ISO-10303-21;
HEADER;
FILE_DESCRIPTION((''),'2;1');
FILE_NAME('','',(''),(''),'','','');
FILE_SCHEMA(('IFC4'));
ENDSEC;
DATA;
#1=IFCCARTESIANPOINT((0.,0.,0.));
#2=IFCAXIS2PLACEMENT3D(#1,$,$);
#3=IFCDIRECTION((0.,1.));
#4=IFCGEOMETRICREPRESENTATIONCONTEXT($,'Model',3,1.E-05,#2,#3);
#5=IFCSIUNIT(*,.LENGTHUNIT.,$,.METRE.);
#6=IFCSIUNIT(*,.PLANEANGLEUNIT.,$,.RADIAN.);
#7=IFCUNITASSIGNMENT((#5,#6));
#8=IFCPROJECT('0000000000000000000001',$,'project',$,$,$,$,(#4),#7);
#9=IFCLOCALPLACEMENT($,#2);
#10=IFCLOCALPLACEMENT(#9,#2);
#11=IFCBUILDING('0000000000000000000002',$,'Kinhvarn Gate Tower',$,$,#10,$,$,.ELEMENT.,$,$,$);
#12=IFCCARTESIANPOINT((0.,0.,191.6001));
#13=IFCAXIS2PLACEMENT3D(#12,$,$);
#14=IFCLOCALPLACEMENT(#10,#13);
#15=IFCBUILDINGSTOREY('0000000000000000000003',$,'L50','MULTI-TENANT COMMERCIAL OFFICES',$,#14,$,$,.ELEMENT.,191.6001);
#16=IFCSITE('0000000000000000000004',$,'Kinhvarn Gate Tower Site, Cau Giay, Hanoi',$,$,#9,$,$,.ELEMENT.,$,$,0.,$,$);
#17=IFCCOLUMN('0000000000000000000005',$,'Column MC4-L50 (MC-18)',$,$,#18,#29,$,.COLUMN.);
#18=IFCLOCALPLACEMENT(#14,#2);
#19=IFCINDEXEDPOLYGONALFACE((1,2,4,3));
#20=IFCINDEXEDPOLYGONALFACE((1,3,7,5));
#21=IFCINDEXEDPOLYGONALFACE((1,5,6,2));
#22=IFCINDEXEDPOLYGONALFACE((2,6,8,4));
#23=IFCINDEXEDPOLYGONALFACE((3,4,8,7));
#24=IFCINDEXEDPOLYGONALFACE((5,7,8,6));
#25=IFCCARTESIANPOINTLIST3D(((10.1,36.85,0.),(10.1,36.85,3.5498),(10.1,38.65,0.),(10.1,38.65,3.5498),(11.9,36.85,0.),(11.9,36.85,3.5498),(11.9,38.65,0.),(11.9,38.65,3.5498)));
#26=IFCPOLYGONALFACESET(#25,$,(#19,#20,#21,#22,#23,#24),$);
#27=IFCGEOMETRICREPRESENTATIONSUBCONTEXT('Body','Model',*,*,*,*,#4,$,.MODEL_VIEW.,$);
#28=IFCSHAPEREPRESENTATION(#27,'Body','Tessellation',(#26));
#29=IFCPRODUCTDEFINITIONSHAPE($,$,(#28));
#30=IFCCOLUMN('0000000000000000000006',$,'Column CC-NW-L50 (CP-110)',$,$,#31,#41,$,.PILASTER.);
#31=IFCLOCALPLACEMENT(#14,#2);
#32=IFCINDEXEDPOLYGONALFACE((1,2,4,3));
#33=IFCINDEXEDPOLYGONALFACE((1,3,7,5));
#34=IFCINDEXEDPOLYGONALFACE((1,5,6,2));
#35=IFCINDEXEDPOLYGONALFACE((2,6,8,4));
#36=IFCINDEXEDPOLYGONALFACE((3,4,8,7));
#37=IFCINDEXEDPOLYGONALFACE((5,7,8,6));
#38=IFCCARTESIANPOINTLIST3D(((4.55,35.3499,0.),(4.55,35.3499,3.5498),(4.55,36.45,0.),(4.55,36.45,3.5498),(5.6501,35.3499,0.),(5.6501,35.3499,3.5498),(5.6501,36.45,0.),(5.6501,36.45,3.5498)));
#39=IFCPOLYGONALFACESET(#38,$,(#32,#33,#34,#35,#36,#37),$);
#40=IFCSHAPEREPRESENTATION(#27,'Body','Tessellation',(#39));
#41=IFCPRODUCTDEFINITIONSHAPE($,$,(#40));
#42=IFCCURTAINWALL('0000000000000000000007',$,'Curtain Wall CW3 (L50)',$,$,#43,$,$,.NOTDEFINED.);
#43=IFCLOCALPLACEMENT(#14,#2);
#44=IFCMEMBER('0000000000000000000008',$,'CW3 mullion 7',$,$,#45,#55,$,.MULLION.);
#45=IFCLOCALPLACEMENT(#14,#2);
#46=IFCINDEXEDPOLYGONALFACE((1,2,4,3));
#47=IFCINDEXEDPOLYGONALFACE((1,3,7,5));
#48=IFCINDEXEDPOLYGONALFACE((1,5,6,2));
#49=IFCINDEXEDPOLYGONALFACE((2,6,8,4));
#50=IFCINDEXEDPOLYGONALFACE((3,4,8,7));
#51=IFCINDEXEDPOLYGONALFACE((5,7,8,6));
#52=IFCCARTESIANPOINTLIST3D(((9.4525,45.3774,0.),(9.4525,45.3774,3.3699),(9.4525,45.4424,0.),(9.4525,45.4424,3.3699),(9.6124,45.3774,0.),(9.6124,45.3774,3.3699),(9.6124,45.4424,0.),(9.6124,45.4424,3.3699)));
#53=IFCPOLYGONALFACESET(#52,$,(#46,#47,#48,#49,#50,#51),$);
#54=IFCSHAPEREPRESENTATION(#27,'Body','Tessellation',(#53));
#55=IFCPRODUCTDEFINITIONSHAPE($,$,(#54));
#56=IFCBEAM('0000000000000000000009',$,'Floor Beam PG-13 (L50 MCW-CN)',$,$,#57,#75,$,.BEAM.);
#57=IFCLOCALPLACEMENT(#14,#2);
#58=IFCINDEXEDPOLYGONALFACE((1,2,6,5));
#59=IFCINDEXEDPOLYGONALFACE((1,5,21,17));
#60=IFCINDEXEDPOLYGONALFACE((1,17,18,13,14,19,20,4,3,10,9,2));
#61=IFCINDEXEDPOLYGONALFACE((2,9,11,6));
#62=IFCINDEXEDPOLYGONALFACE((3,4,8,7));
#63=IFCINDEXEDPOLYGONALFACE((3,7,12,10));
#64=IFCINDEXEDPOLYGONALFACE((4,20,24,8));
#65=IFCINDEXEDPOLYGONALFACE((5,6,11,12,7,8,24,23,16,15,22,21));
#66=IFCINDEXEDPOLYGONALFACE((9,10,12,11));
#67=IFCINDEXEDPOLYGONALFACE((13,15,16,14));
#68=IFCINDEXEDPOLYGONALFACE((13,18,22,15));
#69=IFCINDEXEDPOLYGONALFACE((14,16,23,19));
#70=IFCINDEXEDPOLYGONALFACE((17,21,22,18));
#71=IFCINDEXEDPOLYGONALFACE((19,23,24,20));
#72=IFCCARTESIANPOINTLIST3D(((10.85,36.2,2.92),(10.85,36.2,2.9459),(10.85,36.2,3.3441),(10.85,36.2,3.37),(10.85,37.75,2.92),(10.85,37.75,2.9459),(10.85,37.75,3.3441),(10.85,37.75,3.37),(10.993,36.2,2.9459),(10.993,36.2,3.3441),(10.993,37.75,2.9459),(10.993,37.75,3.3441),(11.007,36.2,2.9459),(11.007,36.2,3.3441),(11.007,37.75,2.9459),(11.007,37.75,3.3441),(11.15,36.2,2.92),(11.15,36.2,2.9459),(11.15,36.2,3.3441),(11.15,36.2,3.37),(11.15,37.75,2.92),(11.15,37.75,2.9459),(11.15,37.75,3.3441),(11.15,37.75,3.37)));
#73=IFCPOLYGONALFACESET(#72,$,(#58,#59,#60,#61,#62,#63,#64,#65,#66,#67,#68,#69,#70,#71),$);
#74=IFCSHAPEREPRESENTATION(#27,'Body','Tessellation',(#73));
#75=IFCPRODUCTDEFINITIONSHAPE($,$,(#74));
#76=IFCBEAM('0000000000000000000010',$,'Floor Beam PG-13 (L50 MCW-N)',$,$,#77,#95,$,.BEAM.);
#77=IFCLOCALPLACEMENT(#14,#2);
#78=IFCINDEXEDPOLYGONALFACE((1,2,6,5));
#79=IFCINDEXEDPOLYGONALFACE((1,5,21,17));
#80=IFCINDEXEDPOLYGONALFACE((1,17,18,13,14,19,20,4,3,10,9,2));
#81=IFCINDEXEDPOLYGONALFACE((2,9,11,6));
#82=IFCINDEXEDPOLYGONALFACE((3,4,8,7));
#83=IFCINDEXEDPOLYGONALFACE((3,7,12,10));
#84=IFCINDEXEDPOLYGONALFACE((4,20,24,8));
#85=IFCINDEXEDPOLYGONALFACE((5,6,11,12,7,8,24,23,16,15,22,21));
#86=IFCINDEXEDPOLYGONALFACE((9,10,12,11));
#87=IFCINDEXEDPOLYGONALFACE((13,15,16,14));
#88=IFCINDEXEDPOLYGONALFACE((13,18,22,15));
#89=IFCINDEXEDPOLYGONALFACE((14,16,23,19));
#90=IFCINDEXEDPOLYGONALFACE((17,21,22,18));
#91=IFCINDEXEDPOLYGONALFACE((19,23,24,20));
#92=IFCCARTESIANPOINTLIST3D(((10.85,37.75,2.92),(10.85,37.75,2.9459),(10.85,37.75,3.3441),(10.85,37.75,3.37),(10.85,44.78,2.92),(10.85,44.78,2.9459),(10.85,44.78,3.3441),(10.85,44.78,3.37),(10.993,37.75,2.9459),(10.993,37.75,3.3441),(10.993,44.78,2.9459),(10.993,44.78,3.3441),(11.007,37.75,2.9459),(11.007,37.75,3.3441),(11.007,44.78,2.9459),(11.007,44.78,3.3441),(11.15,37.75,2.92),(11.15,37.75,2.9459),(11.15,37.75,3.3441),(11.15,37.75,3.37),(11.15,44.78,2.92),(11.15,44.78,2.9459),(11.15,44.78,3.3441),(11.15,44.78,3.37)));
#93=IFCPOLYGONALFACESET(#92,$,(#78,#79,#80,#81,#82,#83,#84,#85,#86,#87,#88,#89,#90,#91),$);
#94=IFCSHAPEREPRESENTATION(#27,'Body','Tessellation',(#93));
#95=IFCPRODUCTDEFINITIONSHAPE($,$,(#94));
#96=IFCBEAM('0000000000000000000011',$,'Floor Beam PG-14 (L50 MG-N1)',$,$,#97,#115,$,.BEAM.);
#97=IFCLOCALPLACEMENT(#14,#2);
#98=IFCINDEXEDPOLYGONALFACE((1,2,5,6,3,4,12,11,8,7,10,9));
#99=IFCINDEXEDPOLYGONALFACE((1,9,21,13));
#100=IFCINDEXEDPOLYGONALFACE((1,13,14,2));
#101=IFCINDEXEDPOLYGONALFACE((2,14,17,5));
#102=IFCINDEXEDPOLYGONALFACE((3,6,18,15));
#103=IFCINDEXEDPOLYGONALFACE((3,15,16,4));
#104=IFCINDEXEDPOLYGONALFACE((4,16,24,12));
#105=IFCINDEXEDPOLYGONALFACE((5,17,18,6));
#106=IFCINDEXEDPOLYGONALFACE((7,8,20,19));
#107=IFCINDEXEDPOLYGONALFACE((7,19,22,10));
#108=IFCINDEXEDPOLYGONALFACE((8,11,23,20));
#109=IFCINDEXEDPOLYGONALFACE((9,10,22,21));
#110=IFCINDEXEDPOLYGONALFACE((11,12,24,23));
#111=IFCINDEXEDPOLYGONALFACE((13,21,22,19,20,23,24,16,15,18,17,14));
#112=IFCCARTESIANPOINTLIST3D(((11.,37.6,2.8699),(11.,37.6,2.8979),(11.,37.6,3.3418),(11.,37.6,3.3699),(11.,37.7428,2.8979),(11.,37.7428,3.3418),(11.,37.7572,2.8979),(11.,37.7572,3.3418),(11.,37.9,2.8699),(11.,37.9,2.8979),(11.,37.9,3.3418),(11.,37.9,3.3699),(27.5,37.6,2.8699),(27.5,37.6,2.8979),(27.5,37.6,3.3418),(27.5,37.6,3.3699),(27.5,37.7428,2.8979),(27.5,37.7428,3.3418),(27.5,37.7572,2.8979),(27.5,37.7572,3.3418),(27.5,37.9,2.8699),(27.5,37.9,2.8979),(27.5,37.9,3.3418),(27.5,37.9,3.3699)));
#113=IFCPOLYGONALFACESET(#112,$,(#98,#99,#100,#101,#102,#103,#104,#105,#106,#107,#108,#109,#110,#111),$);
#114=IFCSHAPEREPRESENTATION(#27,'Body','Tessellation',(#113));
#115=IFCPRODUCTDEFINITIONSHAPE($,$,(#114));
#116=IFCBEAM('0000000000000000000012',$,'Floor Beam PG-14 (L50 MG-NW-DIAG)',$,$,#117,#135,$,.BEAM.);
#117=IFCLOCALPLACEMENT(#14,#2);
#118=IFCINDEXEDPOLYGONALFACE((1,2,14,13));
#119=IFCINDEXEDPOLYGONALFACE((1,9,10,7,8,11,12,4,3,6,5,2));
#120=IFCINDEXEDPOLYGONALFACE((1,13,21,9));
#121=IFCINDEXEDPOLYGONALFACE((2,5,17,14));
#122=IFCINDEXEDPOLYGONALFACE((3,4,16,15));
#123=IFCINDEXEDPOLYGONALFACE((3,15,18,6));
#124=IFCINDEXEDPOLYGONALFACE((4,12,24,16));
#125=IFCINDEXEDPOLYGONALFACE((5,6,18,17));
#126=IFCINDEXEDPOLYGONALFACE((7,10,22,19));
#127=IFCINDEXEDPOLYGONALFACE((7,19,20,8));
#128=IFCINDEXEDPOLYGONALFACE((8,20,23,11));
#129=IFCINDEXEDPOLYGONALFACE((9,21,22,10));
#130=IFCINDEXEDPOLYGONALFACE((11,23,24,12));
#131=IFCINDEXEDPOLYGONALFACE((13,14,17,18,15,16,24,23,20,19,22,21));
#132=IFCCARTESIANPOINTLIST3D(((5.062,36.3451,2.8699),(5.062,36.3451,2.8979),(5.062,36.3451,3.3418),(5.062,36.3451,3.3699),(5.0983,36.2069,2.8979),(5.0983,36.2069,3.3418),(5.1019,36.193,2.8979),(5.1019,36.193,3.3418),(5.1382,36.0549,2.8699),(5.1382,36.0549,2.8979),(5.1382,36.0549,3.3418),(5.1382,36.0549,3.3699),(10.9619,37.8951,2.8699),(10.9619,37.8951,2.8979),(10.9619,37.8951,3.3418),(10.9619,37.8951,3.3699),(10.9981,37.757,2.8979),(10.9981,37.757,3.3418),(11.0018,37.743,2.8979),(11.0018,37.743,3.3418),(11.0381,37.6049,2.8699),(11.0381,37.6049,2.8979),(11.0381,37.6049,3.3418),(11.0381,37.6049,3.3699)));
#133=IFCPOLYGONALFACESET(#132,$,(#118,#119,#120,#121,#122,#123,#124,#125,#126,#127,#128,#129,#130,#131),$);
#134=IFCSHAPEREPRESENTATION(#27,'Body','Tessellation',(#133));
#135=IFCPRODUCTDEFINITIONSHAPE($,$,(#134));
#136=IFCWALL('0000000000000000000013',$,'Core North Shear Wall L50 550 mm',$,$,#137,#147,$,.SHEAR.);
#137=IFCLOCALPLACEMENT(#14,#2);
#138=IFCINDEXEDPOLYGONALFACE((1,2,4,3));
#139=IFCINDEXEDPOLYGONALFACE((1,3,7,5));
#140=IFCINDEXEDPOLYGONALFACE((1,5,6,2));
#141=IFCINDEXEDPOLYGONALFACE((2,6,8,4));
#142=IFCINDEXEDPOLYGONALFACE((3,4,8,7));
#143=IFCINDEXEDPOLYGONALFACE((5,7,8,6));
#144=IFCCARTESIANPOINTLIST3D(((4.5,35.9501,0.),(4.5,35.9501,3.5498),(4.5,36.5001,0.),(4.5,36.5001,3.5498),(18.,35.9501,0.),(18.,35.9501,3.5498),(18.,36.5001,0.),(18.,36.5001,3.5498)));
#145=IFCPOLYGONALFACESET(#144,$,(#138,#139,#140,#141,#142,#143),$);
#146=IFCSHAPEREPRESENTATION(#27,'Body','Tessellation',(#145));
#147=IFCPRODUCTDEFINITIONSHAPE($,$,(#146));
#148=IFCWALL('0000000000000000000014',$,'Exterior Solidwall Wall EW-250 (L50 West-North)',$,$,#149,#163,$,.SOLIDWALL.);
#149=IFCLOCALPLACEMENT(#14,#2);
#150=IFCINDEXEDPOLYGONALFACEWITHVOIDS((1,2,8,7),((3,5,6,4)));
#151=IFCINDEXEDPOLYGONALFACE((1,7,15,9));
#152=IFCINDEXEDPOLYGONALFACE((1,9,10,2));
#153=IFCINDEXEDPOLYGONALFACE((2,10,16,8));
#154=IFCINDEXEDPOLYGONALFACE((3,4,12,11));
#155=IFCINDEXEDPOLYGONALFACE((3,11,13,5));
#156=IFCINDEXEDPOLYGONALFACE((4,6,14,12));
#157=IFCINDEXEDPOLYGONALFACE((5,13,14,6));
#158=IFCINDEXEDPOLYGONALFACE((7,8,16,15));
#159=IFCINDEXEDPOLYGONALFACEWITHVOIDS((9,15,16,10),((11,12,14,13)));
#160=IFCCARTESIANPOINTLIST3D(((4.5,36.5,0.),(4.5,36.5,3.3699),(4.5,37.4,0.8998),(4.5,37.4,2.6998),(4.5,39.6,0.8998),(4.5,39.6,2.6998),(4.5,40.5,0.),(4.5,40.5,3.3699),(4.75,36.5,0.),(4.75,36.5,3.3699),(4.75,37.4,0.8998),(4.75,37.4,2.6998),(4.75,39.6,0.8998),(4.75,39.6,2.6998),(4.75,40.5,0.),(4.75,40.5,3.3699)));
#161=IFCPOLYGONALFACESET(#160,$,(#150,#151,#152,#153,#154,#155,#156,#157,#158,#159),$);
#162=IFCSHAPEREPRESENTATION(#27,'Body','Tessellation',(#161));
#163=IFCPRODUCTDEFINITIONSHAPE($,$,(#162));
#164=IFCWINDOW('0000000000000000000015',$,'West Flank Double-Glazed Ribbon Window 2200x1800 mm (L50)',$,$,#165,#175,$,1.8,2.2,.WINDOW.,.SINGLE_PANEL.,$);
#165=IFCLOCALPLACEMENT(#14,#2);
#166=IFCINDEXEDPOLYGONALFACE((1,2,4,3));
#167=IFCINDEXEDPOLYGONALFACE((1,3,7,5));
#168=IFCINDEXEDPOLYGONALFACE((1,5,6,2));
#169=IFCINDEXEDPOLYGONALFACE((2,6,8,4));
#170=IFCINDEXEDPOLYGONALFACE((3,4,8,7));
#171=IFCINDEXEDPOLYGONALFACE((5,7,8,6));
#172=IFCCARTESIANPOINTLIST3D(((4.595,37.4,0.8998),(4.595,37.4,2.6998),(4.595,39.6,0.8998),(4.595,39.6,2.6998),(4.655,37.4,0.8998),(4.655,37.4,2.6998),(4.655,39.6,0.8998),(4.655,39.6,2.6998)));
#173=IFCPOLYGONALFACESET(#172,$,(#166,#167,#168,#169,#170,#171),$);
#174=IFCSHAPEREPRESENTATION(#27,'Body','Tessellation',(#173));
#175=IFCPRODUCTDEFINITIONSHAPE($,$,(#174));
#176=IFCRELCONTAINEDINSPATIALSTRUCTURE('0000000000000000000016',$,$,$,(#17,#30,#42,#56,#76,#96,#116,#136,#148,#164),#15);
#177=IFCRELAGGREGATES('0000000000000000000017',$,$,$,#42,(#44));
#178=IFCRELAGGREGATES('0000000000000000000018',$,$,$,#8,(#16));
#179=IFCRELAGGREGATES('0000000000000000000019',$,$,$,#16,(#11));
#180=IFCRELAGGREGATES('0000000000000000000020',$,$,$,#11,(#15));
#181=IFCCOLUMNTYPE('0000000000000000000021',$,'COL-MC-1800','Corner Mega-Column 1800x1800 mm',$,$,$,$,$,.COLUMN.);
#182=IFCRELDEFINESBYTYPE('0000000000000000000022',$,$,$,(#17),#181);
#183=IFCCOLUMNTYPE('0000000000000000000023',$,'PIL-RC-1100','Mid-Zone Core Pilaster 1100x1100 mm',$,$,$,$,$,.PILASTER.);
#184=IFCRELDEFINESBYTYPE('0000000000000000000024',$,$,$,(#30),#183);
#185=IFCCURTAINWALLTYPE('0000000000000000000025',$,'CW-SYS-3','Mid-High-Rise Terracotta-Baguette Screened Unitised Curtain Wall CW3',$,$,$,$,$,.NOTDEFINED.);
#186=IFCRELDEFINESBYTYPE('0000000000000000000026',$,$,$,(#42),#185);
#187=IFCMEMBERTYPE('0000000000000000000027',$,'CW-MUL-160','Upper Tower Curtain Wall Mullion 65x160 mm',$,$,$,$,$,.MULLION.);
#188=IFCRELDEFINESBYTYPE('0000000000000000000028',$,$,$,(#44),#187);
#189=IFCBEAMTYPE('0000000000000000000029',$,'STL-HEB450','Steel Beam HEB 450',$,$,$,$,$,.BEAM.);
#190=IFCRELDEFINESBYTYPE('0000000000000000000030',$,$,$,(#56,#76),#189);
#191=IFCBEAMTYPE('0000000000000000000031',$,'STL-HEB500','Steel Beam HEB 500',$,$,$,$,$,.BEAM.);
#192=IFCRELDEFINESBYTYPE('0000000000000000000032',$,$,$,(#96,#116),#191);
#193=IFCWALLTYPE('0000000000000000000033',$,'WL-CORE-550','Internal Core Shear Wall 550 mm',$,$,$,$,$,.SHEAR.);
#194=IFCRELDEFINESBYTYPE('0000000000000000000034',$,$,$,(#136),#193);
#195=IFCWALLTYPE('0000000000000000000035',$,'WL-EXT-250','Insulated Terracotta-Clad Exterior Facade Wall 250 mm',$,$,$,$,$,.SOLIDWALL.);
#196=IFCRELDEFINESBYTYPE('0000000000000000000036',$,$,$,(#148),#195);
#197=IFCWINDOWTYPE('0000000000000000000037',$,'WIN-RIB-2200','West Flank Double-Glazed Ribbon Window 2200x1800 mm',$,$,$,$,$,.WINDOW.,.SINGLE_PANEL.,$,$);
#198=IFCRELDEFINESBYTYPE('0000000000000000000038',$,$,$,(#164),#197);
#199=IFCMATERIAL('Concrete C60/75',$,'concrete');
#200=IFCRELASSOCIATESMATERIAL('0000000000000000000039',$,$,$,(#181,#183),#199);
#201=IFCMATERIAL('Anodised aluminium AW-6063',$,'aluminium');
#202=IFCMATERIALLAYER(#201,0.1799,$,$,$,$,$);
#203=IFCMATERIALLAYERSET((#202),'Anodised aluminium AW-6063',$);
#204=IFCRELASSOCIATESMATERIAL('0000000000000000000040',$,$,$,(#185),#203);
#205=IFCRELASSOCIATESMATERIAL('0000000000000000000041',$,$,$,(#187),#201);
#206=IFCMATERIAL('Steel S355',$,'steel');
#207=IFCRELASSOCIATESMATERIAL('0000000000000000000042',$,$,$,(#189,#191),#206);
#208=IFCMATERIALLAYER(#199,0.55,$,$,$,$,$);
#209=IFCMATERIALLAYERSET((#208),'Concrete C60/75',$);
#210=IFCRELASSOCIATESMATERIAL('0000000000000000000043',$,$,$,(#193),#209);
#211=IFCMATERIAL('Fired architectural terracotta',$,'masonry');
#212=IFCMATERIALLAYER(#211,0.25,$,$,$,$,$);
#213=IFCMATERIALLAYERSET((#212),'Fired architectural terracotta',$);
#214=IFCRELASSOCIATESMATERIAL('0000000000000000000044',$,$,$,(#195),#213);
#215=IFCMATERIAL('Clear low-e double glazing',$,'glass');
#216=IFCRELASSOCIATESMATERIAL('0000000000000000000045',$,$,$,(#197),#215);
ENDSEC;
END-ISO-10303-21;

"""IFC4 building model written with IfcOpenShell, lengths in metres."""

from ifc_helpers import new_model, si_unit, direction, frame, frame_2d, origin, origin_2d, place, context, subcontext, project, spatial, rectangle, i_section, extrude, material, layer, layer_set, material_profile, profile_set, type_object, element, fill, aggregate, save


model = new_model("IFC4")

# Units and contexts
model_context = context("Model", 3, precision=1e-05, world=origin(), true_north=direction((0.0, 1.0)))
body_context = subcontext(model_context, "Body", "Model", "MODEL_VIEW")
ifc_project = project(units=[si_unit("LENGTHUNIT", "METRE"), si_unit("PLANEANGLEUNIT", "RADIAN")], contexts=[model_context])

# Site, building, storey
site_placement = place(None, origin())
site = spatial("IfcSite", under=ifc_project, at=site_placement, Name="Kinhvarn Gate Tower Site, Cau Giay, Hanoi", CompositionType="ELEMENT", RefElevation=0.0)
building_placement = place(site_placement, origin())
building = spatial("IfcBuilding", under=site, at=building_placement, Name="Kinhvarn Gate Tower", CompositionType="ELEMENT")
storey_placement = place(building_placement, frame((0.0, 0.0, 191.6001)))
storey = spatial("IfcBuildingStorey", under=building, at=storey_placement, Name="L50", Description="MULTI-TENANT COMMERCIAL OFFICES", CompositionType="ELEMENT", Elevation=191.6001)

# Columns
ifc_material_1 = material(Name="Concrete C60/75", Category="concrete")
ifc_material_profile_1 = material_profile(ifc_material_1, rectangle(XDim=1.8, YDim=1.8, at=origin_2d()), Name="RC 1800x1800")
ifc_profile_set_1 = profile_set([ifc_material_profile_1], Name="Concrete C60/75")
column_type_1 = type_object("IfcColumnType", Name="COL-MC-1800", Description="Corner Mega-Column 1800x1800 mm", PredefinedType="COLUMN", material=ifc_profile_set_1)
column_1_placement = place(storey_placement, frame((11.0, 37.75, 0.0), z_axis=(0.0, 0.0, 1.0), x_axis=(1.0, 0.0, 0.0)))
element("IfcColumn", 1, at=column_1_placement, inside=storey, type_object=column_type_1, Name="Column MC4-L50 (MC-18)", PredefinedType="COLUMN", context=body_context, shape_type="SweptSolid", body=[
    extrude(rectangle(XDim=1.8, YDim=1.8, at=origin_2d()), origin(), (0.0, 0.0, 1.0), 3.5498),
])
ifc_material_profile_2 = material_profile(ifc_material_1, rectangle(XDim=1.1001, YDim=1.1001, at=origin_2d()), Name="RC 1100x1100")
ifc_profile_set_2 = profile_set([ifc_material_profile_2], Name="Concrete C60/75")
column_type_2 = type_object("IfcColumnType", Name="PIL-RC-1100", Description="Mid-Zone Core Pilaster 1100x1100 mm", PredefinedType="PILASTER", material=ifc_profile_set_2)
column_2_placement = place(storey_placement, frame((5.1001, 35.8999, 0.0), z_axis=(0.0, 0.0, 1.0), x_axis=(1.0, 0.0, 0.0)))
element("IfcColumn", 2, at=column_2_placement, inside=storey, type_object=column_type_2, Name="Column CC-NW-L50 (CP-110)", PredefinedType="PILASTER", context=body_context, shape_type="SweptSolid", body=[
    extrude(rectangle(XDim=1.1001, YDim=1.1001, at=origin_2d()), origin(), (0.0, 0.0, 1.0), 3.5498),
])

# Curtain wall, member
ifc_material_2 = material(Name="Anodised aluminium AW-6063", Category="aluminium")
ifc_layer_1 = layer(ifc_material_2, 0.1799)
ifc_layer_set_1 = layer_set([ifc_layer_1], Name="Anodised aluminium AW-6063")
curtain_wall_type = type_object("IfcCurtainWallType", Name="CW-SYS-3", Description="Mid-High-Rise Terracotta-Baguette Screened Unitised Curtain Wall CW3", PredefinedType="NOTDEFINED", material=ifc_layer_set_1)
curtain_wall_placement = place(storey_placement, origin())
curtain_wall = element("IfcCurtainWall", 3, at=curtain_wall_placement, inside=storey, type_object=curtain_wall_type, Name="Curtain Wall CW3 (L50)", PredefinedType="NOTDEFINED")
ifc_material_profile_3 = material_profile(ifc_material_2, rectangle(XDim=0.0649, YDim=0.1599, at=origin_2d()), Name="ALU 65x160")
ifc_profile_set_3 = profile_set([ifc_material_profile_3], Name="Anodised aluminium AW-6063")
member_type = type_object("IfcMemberType", Name="CW-MUL-160", Description="Upper Tower Curtain Wall Mullion 65x160 mm", PredefinedType="MULLION", material=ifc_profile_set_3)
member_placement = place(storey_placement, frame((9.5325, 45.4099, 0.0), z_axis=(0.0, 0.0, 1.0), x_axis=(0.0, -1.0, 0.0)))
member = element("IfcMember", 4, at=member_placement, type_object=member_type, Name="CW3 mullion 7", PredefinedType="MULLION", context=body_context, shape_type="SweptSolid", body=[
    extrude(rectangle(XDim=0.0649, YDim=0.1599, at=origin_2d()), origin(), (0.0, 0.0, 1.0), 3.3699),
])
aggregate(curtain_wall, [member])

# Beams
ifc_material_3 = material(Name="Steel S355", Category="steel")
ifc_material_profile_4 = material_profile(ifc_material_3, i_section(OverallWidth=0.3, OverallDepth=0.45, WebThickness=0.0139, FlangeThickness=0.0259, at=origin_2d()), Name="HEB 450")
ifc_profile_set_4 = profile_set([ifc_material_profile_4], Name="Steel S355")
beam_type_1 = type_object("IfcBeamType", Name="STL-HEB450", Description="Steel Beam HEB 450", PredefinedType="BEAM", material=ifc_profile_set_4)
beam_1_placement = place(storey_placement, frame((11.0, 36.2, 3.145), z_axis=(0.0, 1.0, 0.0), x_axis=(-1.0, 0.0, 0.0)))
element("IfcBeam", 5, at=beam_1_placement, inside=storey, type_object=beam_type_1, Name="Floor Beam PG-13 (L50 MCW-CN)", PredefinedType="BEAM", context=body_context, shape_type="SweptSolid", body=[
    extrude(i_section(OverallWidth=0.3, OverallDepth=0.45, WebThickness=0.0139, FlangeThickness=0.0259, at=origin_2d()), origin(), (0.0, 0.0, 1.0), 1.55),
])
beam_2_placement = place(storey_placement, frame((11.0, 37.75, 3.145), z_axis=(0.0, 1.0, 0.0), x_axis=(-1.0, 0.0, 0.0)))
element("IfcBeam", 6, at=beam_2_placement, inside=storey, type_object=beam_type_1, Name="Floor Beam PG-13 (L50 MCW-N)", PredefinedType="BEAM", context=body_context, shape_type="SweptSolid", body=[
    extrude(i_section(OverallWidth=0.3, OverallDepth=0.45, WebThickness=0.0139, FlangeThickness=0.0259, at=origin_2d()), origin(), (0.0, 0.0, 1.0), 7.03),
])
ifc_material_profile_5 = material_profile(ifc_material_3, i_section(OverallWidth=0.3, OverallDepth=0.5, WebThickness=0.0144, FlangeThickness=0.0281, at=origin_2d()), Name="HEB 500")
ifc_profile_set_5 = profile_set([ifc_material_profile_5], Name="Steel S355")
beam_type_2 = type_object("IfcBeamType", Name="STL-HEB500", Description="Steel Beam HEB 500", PredefinedType="BEAM", material=ifc_profile_set_5)
beam_3_placement = place(storey_placement, frame((11.0, 37.75, 3.1199), z_axis=(1.0, 0.0, 0.0), x_axis=(0.0, 1.0, 0.0)))
element("IfcBeam", 7, at=beam_3_placement, inside=storey, type_object=beam_type_2, Name="Floor Beam PG-14 (L50 MG-N1)", PredefinedType="BEAM", context=body_context, shape_type="SweptSolid", body=[
    extrude(i_section(OverallWidth=0.3, OverallDepth=0.5, WebThickness=0.0144, FlangeThickness=0.0281, at=origin_2d()), origin(), (0.0, 0.0, 1.0), 16.5),
])
beam_4_placement = place(storey_placement, frame((5.1001, 36.2, 3.1199), z_axis=(0.967178, 0.254101, 0.0), x_axis=(-0.254101, 0.967178, 0.0)))
element("IfcBeam", 8, at=beam_4_placement, inside=storey, type_object=beam_type_2, Name="Floor Beam PG-14 (L50 MG-NW-DIAG)", PredefinedType="BEAM", context=body_context, shape_type="SweptSolid", body=[
    extrude(i_section(OverallWidth=0.3, OverallDepth=0.5, WebThickness=0.0144, FlangeThickness=0.0281, at=origin_2d()), origin(), (0.0, 0.0, 1.0), 6.1001),
])

# Wall
ifc_layer_2 = layer(ifc_material_1, 0.55)
ifc_layer_set_2 = layer_set([ifc_layer_2], Name="Concrete C60/75")
wall_type_1 = type_object("IfcWallType", Name="WL-CORE-550", Description="Internal Core Shear Wall 550 mm", PredefinedType="SHEAR", material=ifc_layer_set_2)
wall_1_placement = place(storey_placement, frame((4.5, 36.2251, 0.0), z_axis=(0.0, 0.0, 1.0), x_axis=(1.0, 0.0, 0.0)))
element("IfcWall", 9, at=wall_1_placement, inside=storey, type_object=wall_type_1, Name="Core North Shear Wall L50 550 mm", PredefinedType="SHEAR", context=body_context, shape_type="SweptSolid", body=[
    extrude(rectangle(XDim=13.5, YDim=0.55, at=frame_2d((6.75, 0.0))), origin(), (0.0, 0.0, 1.0), 3.5498),
])

# Wall, opening, window
ifc_material_4 = material(Name="Fired architectural terracotta", Category="masonry")
ifc_layer_3 = layer(ifc_material_4, 0.25)
ifc_layer_set_3 = layer_set([ifc_layer_3], Name="Fired architectural terracotta")
wall_type_2 = type_object("IfcWallType", Name="WL-EXT-250", Description="Insulated Terracotta-Clad Exterior Facade Wall 250 mm", PredefinedType="SOLIDWALL", material=ifc_layer_set_3)
wall_2_placement = place(storey_placement, frame((4.625, 40.5, 0.0), z_axis=(0.0, 0.0, 1.0), x_axis=(0.0, -1.0, 0.0)))
wall_2 = element("IfcWall", 10, at=wall_2_placement, inside=storey, type_object=wall_type_2, Name="Exterior Solidwall Wall EW-250 (L50 West-North)", PredefinedType="SOLIDWALL", context=body_context, shape_type="SweptSolid", body=[
    extrude(rectangle(XDim=4.0, YDim=0.25, at=frame_2d((2.0, 0.0))), origin(), (0.0, 0.0, 1.0), 3.3699),
])
opening_1_placement = place(wall_2_placement, frame((0.8999, 0.0, 0.8999)))
opening_1 = element("IfcOpeningElement", 11, at=opening_1_placement, cuts=wall_2, PredefinedType="OPENING", context=body_context, shape_type="SweptSolid", body=[
    extrude(rectangle(XDim=2.2, YDim=1.8, at=frame_2d((1.1001, 0.8999))), frame((0.0, 0.135, 0.0), z_axis=(0.0, -1.0, 0.0), x_axis=(1.0, 0.0, 0.0)), (0.0, 0.0, 1.0), 0.27),
])
ifc_material_5 = material(Name="Clear low-e double glazing", Category="glass")
window_type_1 = type_object("IfcWindowType", Name="WIN-RIB-2200", Description="West Flank Double-Glazed Ribbon Window 2200x1800 mm", PartitioningType="SINGLE_PANEL", PredefinedType="WINDOW", material=ifc_material_5)
window_1_placement = place(opening_1_placement, origin())
window_1 = element("IfcWindow", 12, at=window_1_placement, inside=storey, type_object=window_type_1, Name="West Flank Double-Glazed Ribbon Window 2200x1800 mm (L50)", OverallHeight=1.8, OverallWidth=2.2, PartitioningType="SINGLE_PANEL", PredefinedType="WINDOW", context=body_context, shape_type="SweptSolid", body=[
    extrude(rectangle(XDim=2.2, YDim=1.8, at=frame_2d((1.1001, 0.8999))), frame((0.0, 0.03, 0.0), z_axis=(0.0, -1.0, 0.0), x_axis=(1.0, 0.0, 0.0)), (0.0, 0.0, 1.0), 0.0601),
])
fill(opening_1, window_1)

save(model, "model.ifc")
